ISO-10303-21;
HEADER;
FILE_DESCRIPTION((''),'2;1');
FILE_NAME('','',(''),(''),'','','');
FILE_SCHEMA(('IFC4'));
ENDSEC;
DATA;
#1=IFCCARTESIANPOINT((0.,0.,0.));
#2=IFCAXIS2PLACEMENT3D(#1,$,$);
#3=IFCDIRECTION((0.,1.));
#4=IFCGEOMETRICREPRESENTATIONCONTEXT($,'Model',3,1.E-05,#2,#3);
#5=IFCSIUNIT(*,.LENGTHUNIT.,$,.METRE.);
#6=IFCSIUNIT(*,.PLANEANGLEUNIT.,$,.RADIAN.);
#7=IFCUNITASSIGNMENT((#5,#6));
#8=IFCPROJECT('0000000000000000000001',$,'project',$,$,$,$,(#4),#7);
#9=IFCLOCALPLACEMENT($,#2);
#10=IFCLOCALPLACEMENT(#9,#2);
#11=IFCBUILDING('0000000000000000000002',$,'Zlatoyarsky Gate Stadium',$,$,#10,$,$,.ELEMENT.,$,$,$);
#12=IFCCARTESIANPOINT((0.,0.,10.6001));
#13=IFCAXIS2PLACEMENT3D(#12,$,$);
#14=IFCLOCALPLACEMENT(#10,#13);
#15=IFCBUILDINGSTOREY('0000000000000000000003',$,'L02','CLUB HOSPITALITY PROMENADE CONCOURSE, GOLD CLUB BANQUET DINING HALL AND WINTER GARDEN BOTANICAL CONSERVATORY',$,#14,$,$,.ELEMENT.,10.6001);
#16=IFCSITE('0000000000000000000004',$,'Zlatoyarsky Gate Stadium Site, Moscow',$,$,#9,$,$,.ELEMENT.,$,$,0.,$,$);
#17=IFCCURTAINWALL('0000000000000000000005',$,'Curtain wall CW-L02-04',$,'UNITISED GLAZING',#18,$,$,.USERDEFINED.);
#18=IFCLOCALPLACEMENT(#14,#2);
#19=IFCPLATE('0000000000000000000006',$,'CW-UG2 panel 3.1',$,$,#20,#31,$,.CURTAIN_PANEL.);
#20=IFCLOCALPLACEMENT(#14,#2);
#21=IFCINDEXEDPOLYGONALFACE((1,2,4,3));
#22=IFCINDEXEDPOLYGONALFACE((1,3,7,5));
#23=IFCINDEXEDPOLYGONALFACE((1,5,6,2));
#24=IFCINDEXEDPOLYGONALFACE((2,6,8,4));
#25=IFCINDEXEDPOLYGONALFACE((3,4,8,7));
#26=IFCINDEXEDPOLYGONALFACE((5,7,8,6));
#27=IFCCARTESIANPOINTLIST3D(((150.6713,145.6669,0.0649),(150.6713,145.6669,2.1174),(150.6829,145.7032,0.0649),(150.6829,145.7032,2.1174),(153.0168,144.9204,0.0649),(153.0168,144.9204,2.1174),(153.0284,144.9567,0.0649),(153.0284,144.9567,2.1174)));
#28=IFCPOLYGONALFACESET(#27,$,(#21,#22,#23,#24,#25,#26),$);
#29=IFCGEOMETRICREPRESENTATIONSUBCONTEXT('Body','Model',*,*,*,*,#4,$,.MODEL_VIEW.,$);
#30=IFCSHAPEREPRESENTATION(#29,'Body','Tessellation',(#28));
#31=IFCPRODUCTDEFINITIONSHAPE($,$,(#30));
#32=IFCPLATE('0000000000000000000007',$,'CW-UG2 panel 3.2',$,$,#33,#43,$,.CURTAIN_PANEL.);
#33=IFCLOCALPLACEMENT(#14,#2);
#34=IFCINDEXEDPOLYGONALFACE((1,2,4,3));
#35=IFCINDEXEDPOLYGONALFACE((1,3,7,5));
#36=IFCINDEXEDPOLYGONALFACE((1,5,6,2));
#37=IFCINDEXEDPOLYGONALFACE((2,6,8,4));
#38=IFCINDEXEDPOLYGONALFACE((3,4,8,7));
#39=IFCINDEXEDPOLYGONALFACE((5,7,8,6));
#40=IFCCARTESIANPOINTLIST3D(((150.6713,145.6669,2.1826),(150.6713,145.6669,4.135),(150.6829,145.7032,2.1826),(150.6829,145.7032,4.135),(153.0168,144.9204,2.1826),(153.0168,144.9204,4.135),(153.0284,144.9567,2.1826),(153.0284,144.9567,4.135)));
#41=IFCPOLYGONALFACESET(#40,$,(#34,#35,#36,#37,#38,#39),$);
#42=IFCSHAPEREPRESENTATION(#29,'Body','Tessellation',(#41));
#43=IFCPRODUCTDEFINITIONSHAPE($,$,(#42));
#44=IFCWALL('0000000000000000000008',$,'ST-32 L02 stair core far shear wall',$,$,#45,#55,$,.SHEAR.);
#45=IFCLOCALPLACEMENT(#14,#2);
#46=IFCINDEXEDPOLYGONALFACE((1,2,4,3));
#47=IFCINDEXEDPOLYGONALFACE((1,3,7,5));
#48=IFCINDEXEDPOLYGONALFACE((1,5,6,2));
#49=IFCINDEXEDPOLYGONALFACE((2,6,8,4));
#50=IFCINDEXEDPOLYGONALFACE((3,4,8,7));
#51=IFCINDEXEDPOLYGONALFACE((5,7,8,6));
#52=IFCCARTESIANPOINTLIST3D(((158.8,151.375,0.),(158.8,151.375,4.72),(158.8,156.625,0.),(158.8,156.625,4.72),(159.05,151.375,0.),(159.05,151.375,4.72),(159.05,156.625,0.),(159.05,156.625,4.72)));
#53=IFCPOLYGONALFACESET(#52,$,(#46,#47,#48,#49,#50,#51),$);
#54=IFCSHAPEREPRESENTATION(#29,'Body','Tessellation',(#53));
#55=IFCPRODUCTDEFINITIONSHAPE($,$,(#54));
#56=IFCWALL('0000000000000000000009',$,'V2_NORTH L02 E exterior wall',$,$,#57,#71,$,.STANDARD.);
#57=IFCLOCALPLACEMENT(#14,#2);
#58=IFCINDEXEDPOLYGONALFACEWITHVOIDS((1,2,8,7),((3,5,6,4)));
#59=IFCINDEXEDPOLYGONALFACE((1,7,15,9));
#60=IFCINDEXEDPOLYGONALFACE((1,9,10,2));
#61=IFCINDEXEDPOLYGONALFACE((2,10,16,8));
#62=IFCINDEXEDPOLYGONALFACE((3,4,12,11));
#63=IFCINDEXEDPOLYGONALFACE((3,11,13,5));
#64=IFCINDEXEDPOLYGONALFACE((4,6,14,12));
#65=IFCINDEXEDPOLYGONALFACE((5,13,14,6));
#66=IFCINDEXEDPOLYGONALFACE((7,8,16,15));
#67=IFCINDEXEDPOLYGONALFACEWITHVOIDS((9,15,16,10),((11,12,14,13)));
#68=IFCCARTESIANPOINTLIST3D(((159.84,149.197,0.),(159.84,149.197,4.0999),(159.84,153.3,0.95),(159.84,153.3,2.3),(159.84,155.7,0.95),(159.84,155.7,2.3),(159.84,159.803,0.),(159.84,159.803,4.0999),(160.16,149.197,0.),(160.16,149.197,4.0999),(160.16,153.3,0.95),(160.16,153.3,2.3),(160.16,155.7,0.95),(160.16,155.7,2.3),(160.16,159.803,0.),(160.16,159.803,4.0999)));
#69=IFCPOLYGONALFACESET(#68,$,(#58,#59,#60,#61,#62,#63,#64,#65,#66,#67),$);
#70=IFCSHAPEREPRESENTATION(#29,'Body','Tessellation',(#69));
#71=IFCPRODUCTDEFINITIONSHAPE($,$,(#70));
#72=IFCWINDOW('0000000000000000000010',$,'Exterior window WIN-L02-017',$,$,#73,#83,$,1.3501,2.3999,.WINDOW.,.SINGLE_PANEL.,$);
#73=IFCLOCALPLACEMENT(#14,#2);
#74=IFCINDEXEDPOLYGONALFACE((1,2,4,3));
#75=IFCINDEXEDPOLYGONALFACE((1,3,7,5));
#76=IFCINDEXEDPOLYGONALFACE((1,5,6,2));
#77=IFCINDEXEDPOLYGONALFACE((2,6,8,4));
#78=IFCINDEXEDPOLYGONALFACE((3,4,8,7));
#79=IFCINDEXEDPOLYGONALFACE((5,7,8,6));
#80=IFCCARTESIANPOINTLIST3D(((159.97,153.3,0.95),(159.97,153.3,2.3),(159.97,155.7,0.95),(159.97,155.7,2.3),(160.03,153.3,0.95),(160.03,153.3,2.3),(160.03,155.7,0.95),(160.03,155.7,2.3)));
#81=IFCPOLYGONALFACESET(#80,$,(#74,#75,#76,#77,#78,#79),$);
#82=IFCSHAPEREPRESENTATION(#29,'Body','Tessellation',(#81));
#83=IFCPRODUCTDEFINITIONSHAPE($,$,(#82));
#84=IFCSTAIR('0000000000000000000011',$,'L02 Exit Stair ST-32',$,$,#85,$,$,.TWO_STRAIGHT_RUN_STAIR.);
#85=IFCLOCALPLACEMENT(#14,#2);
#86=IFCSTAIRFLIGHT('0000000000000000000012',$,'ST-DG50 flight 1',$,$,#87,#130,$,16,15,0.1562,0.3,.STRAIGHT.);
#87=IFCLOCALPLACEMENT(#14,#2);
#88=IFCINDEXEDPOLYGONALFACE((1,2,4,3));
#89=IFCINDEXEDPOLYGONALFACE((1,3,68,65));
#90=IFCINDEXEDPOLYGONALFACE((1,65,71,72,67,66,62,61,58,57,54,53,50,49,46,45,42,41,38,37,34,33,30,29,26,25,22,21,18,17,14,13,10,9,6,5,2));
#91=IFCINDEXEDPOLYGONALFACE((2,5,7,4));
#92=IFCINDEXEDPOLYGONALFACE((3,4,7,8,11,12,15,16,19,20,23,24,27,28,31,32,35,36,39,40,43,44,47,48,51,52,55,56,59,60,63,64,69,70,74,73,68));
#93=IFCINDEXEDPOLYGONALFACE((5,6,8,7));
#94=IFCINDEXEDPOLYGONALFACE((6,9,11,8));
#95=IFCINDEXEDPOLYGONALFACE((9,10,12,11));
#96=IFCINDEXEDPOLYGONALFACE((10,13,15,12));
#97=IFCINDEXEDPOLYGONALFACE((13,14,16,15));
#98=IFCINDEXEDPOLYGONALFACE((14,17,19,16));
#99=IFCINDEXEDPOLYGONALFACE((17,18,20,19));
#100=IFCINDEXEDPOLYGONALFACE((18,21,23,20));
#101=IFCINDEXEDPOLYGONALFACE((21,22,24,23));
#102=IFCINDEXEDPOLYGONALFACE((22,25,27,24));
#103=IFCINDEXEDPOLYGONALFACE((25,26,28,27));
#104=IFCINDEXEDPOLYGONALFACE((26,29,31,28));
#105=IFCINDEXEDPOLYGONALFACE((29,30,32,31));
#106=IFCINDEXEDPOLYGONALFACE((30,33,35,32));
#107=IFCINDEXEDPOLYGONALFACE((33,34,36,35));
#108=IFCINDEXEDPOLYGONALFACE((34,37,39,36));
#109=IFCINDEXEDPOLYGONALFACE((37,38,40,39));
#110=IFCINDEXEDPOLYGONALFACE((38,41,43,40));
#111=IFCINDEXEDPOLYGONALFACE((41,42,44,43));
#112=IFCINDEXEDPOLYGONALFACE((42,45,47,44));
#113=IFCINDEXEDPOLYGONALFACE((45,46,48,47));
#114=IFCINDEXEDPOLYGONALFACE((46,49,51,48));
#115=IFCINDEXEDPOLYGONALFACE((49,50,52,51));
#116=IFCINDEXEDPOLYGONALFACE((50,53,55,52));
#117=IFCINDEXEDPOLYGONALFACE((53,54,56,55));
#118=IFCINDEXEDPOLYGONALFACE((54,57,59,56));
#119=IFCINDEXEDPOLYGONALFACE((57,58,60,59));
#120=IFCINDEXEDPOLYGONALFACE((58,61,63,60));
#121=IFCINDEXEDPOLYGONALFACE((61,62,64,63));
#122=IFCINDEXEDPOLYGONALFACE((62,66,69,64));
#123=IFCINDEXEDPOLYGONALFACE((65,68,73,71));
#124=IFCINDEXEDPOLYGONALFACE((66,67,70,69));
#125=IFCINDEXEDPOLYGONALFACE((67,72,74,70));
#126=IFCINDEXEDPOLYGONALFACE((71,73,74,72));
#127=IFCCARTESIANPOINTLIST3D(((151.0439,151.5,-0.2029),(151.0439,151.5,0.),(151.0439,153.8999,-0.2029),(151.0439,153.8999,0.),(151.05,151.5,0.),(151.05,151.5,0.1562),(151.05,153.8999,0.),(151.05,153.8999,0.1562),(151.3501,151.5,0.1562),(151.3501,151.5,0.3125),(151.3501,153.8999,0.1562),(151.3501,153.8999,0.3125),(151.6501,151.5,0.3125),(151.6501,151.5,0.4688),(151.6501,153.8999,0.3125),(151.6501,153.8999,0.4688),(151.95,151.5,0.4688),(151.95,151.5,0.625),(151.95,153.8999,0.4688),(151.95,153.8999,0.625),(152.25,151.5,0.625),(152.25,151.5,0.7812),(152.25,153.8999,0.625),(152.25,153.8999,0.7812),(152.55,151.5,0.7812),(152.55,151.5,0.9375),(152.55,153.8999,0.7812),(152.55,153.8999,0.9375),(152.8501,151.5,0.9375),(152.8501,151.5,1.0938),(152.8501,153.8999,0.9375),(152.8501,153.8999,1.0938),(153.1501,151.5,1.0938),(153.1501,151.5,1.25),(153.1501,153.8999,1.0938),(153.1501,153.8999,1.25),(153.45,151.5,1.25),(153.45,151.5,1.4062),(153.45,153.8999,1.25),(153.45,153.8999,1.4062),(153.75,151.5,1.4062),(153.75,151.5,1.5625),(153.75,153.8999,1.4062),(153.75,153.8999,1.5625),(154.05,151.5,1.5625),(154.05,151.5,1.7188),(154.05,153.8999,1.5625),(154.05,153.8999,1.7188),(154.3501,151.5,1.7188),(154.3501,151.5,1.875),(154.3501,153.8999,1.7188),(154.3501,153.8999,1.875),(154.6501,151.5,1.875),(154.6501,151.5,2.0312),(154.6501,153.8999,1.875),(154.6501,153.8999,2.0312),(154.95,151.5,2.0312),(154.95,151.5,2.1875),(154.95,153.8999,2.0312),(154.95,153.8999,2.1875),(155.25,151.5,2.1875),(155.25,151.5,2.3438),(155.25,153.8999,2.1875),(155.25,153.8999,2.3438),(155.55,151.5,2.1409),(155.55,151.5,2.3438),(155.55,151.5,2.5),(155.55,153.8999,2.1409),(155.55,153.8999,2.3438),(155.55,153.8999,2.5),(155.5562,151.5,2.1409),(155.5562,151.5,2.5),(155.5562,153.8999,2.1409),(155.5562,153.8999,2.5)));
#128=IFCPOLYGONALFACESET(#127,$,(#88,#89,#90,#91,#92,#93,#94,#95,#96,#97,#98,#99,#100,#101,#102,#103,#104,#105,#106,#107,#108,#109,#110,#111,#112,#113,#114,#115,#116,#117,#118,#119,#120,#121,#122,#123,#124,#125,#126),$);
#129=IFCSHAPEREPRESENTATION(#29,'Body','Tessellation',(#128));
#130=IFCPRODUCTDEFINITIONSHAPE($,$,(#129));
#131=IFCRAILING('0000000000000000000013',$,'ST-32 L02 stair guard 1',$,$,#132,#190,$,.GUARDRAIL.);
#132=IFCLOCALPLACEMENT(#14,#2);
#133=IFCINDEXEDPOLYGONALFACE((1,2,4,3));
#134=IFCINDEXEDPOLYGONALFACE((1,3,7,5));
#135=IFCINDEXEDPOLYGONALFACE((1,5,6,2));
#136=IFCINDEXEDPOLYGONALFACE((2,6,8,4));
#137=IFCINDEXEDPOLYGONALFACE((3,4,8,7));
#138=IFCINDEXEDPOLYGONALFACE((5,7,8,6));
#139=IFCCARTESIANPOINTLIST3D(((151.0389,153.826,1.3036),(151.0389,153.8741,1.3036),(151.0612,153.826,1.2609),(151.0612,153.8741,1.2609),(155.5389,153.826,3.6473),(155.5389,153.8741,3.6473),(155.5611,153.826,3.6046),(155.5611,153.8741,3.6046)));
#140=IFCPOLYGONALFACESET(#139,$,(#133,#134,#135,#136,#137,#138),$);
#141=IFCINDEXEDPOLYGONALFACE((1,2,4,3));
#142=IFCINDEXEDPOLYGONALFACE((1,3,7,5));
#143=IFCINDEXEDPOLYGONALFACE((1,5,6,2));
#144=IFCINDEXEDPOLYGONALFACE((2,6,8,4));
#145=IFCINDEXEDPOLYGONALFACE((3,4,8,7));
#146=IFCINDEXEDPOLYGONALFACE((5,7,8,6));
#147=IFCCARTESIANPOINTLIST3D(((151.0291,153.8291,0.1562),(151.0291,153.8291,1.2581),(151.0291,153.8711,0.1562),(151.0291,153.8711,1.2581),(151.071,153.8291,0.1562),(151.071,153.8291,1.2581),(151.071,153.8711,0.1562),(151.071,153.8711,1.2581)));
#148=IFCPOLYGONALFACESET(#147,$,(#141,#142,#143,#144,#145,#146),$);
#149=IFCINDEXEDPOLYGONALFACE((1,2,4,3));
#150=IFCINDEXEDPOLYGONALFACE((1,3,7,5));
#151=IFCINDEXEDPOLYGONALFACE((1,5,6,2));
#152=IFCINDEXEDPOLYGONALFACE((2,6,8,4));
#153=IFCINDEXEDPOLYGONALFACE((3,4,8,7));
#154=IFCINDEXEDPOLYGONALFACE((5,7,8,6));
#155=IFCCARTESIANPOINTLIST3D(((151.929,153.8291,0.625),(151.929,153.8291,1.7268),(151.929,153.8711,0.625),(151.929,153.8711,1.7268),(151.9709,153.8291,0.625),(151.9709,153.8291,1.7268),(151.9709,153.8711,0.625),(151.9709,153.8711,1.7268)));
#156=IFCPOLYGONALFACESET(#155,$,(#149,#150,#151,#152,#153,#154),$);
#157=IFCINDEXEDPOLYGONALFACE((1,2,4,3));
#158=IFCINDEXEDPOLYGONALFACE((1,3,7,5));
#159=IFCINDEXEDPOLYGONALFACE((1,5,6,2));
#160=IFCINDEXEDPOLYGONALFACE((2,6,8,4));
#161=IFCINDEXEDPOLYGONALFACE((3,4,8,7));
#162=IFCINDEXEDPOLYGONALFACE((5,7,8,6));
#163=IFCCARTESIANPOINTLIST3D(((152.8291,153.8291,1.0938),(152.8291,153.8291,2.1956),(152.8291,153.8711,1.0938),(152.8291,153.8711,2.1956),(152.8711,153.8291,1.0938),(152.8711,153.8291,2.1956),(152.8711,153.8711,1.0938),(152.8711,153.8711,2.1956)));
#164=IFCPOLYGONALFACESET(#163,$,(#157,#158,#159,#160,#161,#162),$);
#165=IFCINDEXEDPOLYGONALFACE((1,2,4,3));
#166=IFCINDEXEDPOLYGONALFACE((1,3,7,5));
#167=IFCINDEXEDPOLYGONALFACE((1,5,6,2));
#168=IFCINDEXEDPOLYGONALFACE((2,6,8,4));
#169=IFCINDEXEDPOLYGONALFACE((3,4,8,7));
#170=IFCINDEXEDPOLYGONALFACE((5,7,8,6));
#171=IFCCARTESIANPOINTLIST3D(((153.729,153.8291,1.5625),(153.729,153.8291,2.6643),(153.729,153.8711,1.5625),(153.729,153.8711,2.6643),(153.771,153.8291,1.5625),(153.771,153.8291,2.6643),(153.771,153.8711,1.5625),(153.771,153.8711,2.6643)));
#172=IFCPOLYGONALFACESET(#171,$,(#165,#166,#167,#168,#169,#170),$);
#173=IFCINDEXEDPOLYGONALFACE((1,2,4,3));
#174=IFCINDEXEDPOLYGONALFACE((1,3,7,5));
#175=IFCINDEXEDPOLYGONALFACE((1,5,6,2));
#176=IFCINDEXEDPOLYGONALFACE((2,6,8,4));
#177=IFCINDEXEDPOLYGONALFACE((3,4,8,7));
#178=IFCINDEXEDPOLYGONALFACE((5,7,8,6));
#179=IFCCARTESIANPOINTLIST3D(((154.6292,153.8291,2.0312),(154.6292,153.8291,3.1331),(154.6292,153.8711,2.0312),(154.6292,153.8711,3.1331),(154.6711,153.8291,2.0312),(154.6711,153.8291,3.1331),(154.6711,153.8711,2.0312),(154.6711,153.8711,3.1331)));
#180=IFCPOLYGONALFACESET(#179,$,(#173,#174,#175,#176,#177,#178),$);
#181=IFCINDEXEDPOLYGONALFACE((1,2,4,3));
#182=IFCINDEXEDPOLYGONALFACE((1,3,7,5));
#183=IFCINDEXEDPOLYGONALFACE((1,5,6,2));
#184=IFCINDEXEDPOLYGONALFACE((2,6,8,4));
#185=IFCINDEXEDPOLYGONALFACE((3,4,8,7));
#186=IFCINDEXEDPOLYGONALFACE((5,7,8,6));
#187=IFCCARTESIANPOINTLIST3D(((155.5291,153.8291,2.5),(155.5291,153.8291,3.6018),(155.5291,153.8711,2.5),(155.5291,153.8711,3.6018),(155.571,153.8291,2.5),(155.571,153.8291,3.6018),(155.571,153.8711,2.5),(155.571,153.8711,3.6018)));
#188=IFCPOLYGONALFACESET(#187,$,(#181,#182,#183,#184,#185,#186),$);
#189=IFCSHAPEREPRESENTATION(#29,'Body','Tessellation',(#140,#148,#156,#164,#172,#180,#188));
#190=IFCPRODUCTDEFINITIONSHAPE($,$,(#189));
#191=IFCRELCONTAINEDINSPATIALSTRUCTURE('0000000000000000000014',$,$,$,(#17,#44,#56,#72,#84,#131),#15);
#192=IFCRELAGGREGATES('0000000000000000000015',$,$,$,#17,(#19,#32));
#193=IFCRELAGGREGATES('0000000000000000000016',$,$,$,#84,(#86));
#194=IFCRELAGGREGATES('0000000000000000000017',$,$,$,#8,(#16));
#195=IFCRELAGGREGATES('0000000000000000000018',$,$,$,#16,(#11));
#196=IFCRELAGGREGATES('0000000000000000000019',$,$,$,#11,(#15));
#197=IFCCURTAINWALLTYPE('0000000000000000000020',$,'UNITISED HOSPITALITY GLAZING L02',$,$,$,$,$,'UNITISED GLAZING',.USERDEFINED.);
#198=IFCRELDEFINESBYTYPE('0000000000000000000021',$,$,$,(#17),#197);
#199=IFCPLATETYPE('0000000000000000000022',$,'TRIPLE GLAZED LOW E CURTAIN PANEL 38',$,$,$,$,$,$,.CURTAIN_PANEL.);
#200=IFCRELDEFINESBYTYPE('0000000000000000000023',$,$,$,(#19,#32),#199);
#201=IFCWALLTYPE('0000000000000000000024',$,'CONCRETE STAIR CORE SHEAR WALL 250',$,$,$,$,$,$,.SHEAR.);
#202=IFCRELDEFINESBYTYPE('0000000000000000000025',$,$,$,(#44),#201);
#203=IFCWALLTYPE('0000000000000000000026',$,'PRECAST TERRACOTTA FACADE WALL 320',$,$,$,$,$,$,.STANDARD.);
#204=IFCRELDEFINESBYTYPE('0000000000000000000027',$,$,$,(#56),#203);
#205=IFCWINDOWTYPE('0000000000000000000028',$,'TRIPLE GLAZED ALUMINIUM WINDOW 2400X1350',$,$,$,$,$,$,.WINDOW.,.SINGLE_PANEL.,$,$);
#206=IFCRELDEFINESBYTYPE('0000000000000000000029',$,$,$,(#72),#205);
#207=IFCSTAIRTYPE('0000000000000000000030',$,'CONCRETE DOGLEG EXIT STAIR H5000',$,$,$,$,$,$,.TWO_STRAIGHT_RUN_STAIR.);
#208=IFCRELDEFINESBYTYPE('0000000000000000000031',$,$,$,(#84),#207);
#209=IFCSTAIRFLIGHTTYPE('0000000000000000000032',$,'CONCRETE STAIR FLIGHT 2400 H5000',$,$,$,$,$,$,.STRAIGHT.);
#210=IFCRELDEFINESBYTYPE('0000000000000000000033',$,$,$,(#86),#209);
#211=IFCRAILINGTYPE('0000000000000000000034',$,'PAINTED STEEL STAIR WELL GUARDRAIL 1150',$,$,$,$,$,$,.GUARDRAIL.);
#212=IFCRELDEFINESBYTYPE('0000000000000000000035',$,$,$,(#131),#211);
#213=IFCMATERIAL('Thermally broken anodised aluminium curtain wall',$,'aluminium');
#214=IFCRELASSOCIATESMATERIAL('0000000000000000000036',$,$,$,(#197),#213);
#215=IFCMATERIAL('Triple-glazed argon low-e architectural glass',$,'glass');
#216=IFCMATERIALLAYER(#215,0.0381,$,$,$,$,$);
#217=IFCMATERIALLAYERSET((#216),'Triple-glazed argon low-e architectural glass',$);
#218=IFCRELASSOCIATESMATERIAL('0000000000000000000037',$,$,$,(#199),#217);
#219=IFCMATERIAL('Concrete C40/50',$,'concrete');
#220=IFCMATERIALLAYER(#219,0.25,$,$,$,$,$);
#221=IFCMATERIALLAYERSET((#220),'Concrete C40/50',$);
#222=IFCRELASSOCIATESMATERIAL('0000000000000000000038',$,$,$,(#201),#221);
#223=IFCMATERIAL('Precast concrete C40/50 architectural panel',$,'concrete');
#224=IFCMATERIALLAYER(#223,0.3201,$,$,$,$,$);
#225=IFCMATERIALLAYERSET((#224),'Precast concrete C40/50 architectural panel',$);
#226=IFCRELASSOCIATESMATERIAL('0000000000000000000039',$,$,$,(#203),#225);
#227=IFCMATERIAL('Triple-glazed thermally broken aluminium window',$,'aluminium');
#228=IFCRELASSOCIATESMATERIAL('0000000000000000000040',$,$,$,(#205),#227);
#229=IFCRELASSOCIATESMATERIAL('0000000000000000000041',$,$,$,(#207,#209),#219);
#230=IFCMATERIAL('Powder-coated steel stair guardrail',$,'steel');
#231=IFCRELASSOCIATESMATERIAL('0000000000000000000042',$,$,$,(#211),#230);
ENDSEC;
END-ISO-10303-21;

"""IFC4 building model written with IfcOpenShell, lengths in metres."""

from ifc_helpers import new_model, si_unit, direction, frame, frame_2d, origin, origin_2d, place, context, subcontext, project, spatial, polyline, rectangle, outline, extrude, material, layer, layer_set, type_object, element, fill, aggregate, save


model = new_model("IFC4")

# Units and contexts
model_context = context("Model", 3, precision=1e-05, world=origin(), true_north=direction((0.0, 1.0)))
body_context = subcontext(model_context, "Body", "Model", "MODEL_VIEW")
ifc_project = project(units=[si_unit("LENGTHUNIT", "METRE"), si_unit("PLANEANGLEUNIT", "RADIAN")], contexts=[model_context])

# Site, building, storey
site_placement = place(None, origin())
site = spatial("IfcSite", under=ifc_project, at=site_placement, Name="Zlatoyarsky Gate Stadium Site, Moscow", CompositionType="ELEMENT", RefElevation=0.0)
building_placement = place(site_placement, origin())
building = spatial("IfcBuilding", under=site, at=building_placement, Name="Zlatoyarsky Gate Stadium", CompositionType="ELEMENT")
storey_placement = place(building_placement, frame((0.0, 0.0, 10.6001)))
storey = spatial("IfcBuildingStorey", under=building, at=storey_placement, Name="L02", Description="CLUB HOSPITALITY PROMENADE CONCOURSE, GOLD CLUB BANQUET DINING HALL AND WINTER GARDEN BOTANICAL CONSERVATORY", CompositionType="ELEMENT", Elevation=10.6001)

# Curtain wall
ifc_material_1 = material(Name="Thermally broken anodised aluminium curtain wall", Category="aluminium")
curtain_wall_type = type_object("IfcCurtainWallType", Name="UNITISED HOSPITALITY GLAZING L02", ElementType="UNITISED GLAZING", PredefinedType="USERDEFINED", material=ifc_material_1)
curtain_wall_placement = place(storey_placement, origin())
curtain_wall = element("IfcCurtainWall", 1, at=curtain_wall_placement, inside=storey, type_object=curtain_wall_type, Name="Curtain wall CW-L02-04", ObjectType="UNITISED GLAZING", PredefinedType="USERDEFINED")

# Plates
ifc_material_2 = material(Name="Triple-glazed argon low-e architectural glass", Category="glass")
ifc_layer_1 = layer(ifc_material_2, 0.0381)
ifc_layer_set_1 = layer_set([ifc_layer_1], Name="Triple-glazed argon low-e architectural glass")
plate_type_1 = type_object("IfcPlateType", Name="TRIPLE GLAZED LOW E CURTAIN PANEL 38", PredefinedType="CURTAIN_PANEL", material=ifc_layer_set_1)
plate_1_placement = place(storey_placement, frame((151.8499, 145.3118, 0.0649), z_axis=(0.0, 0.0, 1.0), x_axis=(-0.952902, 0.303278, 0.0)))
plate_1 = element("IfcPlate", 2, at=plate_1_placement, type_object=plate_type_1, Name="CW-UG2 panel 3.1", PredefinedType="CURTAIN_PANEL", context=body_context, shape_type="SweptSolid", body=[
    extrude(rectangle(XDim=2.4614, YDim=0.0381, at=origin_2d()), origin(), (0.0, 0.0, 1.0), 2.0525),
])
plate_2_placement = place(storey_placement, frame((151.8499, 145.3118, 2.1826), z_axis=(0.0, 0.0, 1.0), x_axis=(-0.952902, 0.303278, 0.0)))
plate_2 = element("IfcPlate", 3, at=plate_2_placement, type_object=plate_type_1, Name="CW-UG2 panel 3.2", PredefinedType="CURTAIN_PANEL", context=body_context, shape_type="SweptSolid", body=[
    extrude(rectangle(XDim=2.4614, YDim=0.0381, at=origin_2d()), origin(), (0.0, 0.0, 1.0), 1.9524),
])
aggregate(curtain_wall, [plate_1, plate_2])

# Wall
ifc_material_3 = material(Name="Concrete C40/50", Category="concrete")
ifc_layer_2 = layer(ifc_material_3, 0.25)
ifc_layer_set_2 = layer_set([ifc_layer_2], Name="Concrete C40/50")
wall_type_1 = type_object("IfcWallType", Name="CONCRETE STAIR CORE SHEAR WALL 250", PredefinedType="SHEAR", material=ifc_layer_set_2)
wall_1_placement = place(storey_placement, frame((158.925, 151.375, 0.0), z_axis=(0.0, 0.0, 1.0), x_axis=(0.0, 1.0, 0.0)))
element("IfcWall", 4, at=wall_1_placement, inside=storey, type_object=wall_type_1, Name="ST-32 L02 stair core far shear wall", PredefinedType="SHEAR", context=body_context, shape_type="SweptSolid", body=[
    extrude(rectangle(XDim=5.25, YDim=0.25, at=frame_2d((2.625, 0.0))), origin(), (0.0, 0.0, 1.0), 4.72),
])

# Wall, opening, window
ifc_material_4 = material(Name="Precast concrete C40/50 architectural panel", Category="concrete")
ifc_layer_3 = layer(ifc_material_4, 0.3201)
ifc_layer_set_3 = layer_set([ifc_layer_3], Name="Precast concrete C40/50 architectural panel")
wall_type_2 = type_object("IfcWallType", Name="PRECAST TERRACOTTA FACADE WALL 320", PredefinedType="STANDARD", material=ifc_layer_set_3)
wall_2_placement = place(storey_placement, frame((160.0, 149.197, 0.0), z_axis=(0.0, 0.0, 1.0), x_axis=(0.0, 1.0, 0.0)))
wall_2 = element("IfcWall", 5, at=wall_2_placement, inside=storey, type_object=wall_type_2, Name="V2_NORTH L02 E exterior wall", PredefinedType="STANDARD", context=body_context, shape_type="SweptSolid", body=[
    extrude(rectangle(XDim=10.606, YDim=0.3201, at=frame_2d((5.303, 0.0))), origin(), (0.0, 0.0, 1.0), 4.0999),
])
opening_placement = place(wall_2_placement, frame((4.103, 0.0, 0.95)))
opening = element("IfcOpeningElement", 6, at=opening_placement, cuts=wall_2, PredefinedType="OPENING", context=body_context, shape_type="SweptSolid", body=[
    extrude(rectangle(XDim=2.3999, YDim=1.3501, at=frame_2d((1.2, 0.675))), frame((0.0, 0.1699, 0.0), z_axis=(0.0, -1.0, 0.0), x_axis=(1.0, 0.0, 0.0)), (0.0, 0.0, 1.0), 0.3401),
])
ifc_material_5 = material(Name="Triple-glazed thermally broken aluminium window", Category="aluminium")
window_type = type_object("IfcWindowType", Name="TRIPLE GLAZED ALUMINIUM WINDOW 2400X1350", PartitioningType="SINGLE_PANEL", PredefinedType="WINDOW", material=ifc_material_5)
window_placement = place(opening_placement, origin())
window = element("IfcWindow", 7, at=window_placement, inside=storey, type_object=window_type, Name="Exterior window WIN-L02-017", OverallHeight=1.3501, OverallWidth=2.3999, PartitioningType="SINGLE_PANEL", PredefinedType="WINDOW", context=body_context, shape_type="SweptSolid", body=[
    extrude(rectangle(XDim=2.3999, YDim=1.3501, at=frame_2d((1.2, 0.675))), frame((0.0, 0.03, 0.0), z_axis=(0.0, -1.0, 0.0), x_axis=(1.0, 0.0, 0.0)), (0.0, 0.0, 1.0), 0.0601),
])
fill(opening, window)

# Stair, stair flight
stair_type = type_object("IfcStairType", Name="CONCRETE DOGLEG EXIT STAIR H5000", PredefinedType="TWO_STRAIGHT_RUN_STAIR", material=ifc_material_3)
stair_placement = place(storey_placement, origin())
stair = element("IfcStair", 8, at=stair_placement, inside=storey, type_object=stair_type, Name="L02 Exit Stair ST-32", PredefinedType="TWO_STRAIGHT_RUN_STAIR")
stair_flight_type = type_object("IfcStairFlightType", Name="CONCRETE STAIR FLIGHT 2400 H5000", PredefinedType="STRAIGHT", material=ifc_material_3)
stair_flight_placement = place(storey_placement, frame((151.05, 152.7, 0.0), z_axis=(0.0, 0.0, 1.0), x_axis=(1.0, 0.0, 0.0)))
stair_flight = element("IfcStairFlight", 9, at=stair_flight_placement, type_object=stair_flight_type, Name="ST-DG50 flight 1", NumberOfRisers=16, NumberOfTreads=15, PredefinedType="STRAIGHT", RiserHeight=0.1562, TreadLength=0.3, context=body_context, shape_type="SweptSolid", body=[
    extrude(outline(polyline([(-0.0061, -0.2029), (-0.0061, 0.0), (0.0, 0.0), (0.0, 0.1562), (0.3, 0.1562), (0.3, 0.3125), (0.6001, 0.3125), (0.6001, 0.4688), (0.8999, 0.4688), (0.8999, 0.625), (1.2, 0.625), (1.2, 0.7812), (1.5, 0.7812), (1.5, 0.9375), (1.8, 0.9375), (1.8, 1.0938), (2.1001, 1.0938), (2.1001, 1.25), (2.3999, 1.25), (2.3999, 1.4062), (2.7, 1.4062), (2.7, 1.5625), (3.0, 1.5625), (3.0, 1.7188), (3.3, 1.7188), (3.3, 1.875), (3.6001, 1.875), (3.6001, 2.0312), (3.8999, 2.0312), (3.8999, 2.1875), (4.2, 2.1875), (4.2, 2.3438), (4.5, 2.3438), (4.5, 2.5), (4.5061, 2.5), (4.5061, 2.1409), (4.5, 2.1409), (-0.0061, -0.2029)])), frame((0.0, 1.2, 0.0), z_axis=(0.0, -1.0, 0.0), x_axis=(1.0, 0.0, 0.0)), (0.0, 0.0, 1.0), 2.3999),
])
aggregate(stair, [stair_flight])

# Railing
ifc_material_6 = material(Name="Powder-coated steel stair guardrail", Category="steel")
railing_type_1 = type_object("IfcRailingType", Name="PAINTED STEEL STAIR WELL GUARDRAIL 1150", PredefinedType="GUARDRAIL", material=ifc_material_6)
railing_1_placement = place(storey_placement, frame((151.05, 153.8501, 0.1562)))
element("IfcRailing", 10, at=railing_1_placement, inside=storey, type_object=railing_type_1, Name="ST-32 L02 stair guard 1", PredefinedType="GUARDRAIL", context=body_context, shape_type="SweptSolid", body=[
    extrude(rectangle(XDim=0.0481, YDim=0.0481, at=origin_2d()), frame((0.0, 0.0, 1.126), z_axis=(0.886914, 0.0, 0.461934), x_axis=(0.0, 1.0, 0.0)), (0.0, 0.0, 1.0), 5.0737),
    extrude(rectangle(XDim=0.042, YDim=0.042, at=origin_2d()), origin(), (0.0, 0.0, 1.0), 1.1018),
    extrude(rectangle(XDim=0.042, YDim=0.042, at=origin_2d()), frame((0.8999, 0.0, 0.4688)), (0.0, 0.0, 1.0), 1.1018),
    extrude(rectangle(XDim=0.042, YDim=0.042, at=origin_2d()), frame((1.8, 0.0, 0.9375)), (0.0, 0.0, 1.0), 1.1018),
    extrude(rectangle(XDim=0.042, YDim=0.042, at=origin_2d()), frame((2.7, 0.0, 1.4062)), (0.0, 0.0, 1.0), 1.1018),
    extrude(rectangle(XDim=0.042, YDim=0.042, at=origin_2d()), frame((3.6001, 0.0, 1.875)), (0.0, 0.0, 1.0), 1.1018),
    extrude(rectangle(XDim=0.042, YDim=0.042, at=origin_2d()), frame((4.5, 0.0, 2.3438)), (0.0, 0.0, 1.0), 1.1018),
])

save(model, "model.ifc")
